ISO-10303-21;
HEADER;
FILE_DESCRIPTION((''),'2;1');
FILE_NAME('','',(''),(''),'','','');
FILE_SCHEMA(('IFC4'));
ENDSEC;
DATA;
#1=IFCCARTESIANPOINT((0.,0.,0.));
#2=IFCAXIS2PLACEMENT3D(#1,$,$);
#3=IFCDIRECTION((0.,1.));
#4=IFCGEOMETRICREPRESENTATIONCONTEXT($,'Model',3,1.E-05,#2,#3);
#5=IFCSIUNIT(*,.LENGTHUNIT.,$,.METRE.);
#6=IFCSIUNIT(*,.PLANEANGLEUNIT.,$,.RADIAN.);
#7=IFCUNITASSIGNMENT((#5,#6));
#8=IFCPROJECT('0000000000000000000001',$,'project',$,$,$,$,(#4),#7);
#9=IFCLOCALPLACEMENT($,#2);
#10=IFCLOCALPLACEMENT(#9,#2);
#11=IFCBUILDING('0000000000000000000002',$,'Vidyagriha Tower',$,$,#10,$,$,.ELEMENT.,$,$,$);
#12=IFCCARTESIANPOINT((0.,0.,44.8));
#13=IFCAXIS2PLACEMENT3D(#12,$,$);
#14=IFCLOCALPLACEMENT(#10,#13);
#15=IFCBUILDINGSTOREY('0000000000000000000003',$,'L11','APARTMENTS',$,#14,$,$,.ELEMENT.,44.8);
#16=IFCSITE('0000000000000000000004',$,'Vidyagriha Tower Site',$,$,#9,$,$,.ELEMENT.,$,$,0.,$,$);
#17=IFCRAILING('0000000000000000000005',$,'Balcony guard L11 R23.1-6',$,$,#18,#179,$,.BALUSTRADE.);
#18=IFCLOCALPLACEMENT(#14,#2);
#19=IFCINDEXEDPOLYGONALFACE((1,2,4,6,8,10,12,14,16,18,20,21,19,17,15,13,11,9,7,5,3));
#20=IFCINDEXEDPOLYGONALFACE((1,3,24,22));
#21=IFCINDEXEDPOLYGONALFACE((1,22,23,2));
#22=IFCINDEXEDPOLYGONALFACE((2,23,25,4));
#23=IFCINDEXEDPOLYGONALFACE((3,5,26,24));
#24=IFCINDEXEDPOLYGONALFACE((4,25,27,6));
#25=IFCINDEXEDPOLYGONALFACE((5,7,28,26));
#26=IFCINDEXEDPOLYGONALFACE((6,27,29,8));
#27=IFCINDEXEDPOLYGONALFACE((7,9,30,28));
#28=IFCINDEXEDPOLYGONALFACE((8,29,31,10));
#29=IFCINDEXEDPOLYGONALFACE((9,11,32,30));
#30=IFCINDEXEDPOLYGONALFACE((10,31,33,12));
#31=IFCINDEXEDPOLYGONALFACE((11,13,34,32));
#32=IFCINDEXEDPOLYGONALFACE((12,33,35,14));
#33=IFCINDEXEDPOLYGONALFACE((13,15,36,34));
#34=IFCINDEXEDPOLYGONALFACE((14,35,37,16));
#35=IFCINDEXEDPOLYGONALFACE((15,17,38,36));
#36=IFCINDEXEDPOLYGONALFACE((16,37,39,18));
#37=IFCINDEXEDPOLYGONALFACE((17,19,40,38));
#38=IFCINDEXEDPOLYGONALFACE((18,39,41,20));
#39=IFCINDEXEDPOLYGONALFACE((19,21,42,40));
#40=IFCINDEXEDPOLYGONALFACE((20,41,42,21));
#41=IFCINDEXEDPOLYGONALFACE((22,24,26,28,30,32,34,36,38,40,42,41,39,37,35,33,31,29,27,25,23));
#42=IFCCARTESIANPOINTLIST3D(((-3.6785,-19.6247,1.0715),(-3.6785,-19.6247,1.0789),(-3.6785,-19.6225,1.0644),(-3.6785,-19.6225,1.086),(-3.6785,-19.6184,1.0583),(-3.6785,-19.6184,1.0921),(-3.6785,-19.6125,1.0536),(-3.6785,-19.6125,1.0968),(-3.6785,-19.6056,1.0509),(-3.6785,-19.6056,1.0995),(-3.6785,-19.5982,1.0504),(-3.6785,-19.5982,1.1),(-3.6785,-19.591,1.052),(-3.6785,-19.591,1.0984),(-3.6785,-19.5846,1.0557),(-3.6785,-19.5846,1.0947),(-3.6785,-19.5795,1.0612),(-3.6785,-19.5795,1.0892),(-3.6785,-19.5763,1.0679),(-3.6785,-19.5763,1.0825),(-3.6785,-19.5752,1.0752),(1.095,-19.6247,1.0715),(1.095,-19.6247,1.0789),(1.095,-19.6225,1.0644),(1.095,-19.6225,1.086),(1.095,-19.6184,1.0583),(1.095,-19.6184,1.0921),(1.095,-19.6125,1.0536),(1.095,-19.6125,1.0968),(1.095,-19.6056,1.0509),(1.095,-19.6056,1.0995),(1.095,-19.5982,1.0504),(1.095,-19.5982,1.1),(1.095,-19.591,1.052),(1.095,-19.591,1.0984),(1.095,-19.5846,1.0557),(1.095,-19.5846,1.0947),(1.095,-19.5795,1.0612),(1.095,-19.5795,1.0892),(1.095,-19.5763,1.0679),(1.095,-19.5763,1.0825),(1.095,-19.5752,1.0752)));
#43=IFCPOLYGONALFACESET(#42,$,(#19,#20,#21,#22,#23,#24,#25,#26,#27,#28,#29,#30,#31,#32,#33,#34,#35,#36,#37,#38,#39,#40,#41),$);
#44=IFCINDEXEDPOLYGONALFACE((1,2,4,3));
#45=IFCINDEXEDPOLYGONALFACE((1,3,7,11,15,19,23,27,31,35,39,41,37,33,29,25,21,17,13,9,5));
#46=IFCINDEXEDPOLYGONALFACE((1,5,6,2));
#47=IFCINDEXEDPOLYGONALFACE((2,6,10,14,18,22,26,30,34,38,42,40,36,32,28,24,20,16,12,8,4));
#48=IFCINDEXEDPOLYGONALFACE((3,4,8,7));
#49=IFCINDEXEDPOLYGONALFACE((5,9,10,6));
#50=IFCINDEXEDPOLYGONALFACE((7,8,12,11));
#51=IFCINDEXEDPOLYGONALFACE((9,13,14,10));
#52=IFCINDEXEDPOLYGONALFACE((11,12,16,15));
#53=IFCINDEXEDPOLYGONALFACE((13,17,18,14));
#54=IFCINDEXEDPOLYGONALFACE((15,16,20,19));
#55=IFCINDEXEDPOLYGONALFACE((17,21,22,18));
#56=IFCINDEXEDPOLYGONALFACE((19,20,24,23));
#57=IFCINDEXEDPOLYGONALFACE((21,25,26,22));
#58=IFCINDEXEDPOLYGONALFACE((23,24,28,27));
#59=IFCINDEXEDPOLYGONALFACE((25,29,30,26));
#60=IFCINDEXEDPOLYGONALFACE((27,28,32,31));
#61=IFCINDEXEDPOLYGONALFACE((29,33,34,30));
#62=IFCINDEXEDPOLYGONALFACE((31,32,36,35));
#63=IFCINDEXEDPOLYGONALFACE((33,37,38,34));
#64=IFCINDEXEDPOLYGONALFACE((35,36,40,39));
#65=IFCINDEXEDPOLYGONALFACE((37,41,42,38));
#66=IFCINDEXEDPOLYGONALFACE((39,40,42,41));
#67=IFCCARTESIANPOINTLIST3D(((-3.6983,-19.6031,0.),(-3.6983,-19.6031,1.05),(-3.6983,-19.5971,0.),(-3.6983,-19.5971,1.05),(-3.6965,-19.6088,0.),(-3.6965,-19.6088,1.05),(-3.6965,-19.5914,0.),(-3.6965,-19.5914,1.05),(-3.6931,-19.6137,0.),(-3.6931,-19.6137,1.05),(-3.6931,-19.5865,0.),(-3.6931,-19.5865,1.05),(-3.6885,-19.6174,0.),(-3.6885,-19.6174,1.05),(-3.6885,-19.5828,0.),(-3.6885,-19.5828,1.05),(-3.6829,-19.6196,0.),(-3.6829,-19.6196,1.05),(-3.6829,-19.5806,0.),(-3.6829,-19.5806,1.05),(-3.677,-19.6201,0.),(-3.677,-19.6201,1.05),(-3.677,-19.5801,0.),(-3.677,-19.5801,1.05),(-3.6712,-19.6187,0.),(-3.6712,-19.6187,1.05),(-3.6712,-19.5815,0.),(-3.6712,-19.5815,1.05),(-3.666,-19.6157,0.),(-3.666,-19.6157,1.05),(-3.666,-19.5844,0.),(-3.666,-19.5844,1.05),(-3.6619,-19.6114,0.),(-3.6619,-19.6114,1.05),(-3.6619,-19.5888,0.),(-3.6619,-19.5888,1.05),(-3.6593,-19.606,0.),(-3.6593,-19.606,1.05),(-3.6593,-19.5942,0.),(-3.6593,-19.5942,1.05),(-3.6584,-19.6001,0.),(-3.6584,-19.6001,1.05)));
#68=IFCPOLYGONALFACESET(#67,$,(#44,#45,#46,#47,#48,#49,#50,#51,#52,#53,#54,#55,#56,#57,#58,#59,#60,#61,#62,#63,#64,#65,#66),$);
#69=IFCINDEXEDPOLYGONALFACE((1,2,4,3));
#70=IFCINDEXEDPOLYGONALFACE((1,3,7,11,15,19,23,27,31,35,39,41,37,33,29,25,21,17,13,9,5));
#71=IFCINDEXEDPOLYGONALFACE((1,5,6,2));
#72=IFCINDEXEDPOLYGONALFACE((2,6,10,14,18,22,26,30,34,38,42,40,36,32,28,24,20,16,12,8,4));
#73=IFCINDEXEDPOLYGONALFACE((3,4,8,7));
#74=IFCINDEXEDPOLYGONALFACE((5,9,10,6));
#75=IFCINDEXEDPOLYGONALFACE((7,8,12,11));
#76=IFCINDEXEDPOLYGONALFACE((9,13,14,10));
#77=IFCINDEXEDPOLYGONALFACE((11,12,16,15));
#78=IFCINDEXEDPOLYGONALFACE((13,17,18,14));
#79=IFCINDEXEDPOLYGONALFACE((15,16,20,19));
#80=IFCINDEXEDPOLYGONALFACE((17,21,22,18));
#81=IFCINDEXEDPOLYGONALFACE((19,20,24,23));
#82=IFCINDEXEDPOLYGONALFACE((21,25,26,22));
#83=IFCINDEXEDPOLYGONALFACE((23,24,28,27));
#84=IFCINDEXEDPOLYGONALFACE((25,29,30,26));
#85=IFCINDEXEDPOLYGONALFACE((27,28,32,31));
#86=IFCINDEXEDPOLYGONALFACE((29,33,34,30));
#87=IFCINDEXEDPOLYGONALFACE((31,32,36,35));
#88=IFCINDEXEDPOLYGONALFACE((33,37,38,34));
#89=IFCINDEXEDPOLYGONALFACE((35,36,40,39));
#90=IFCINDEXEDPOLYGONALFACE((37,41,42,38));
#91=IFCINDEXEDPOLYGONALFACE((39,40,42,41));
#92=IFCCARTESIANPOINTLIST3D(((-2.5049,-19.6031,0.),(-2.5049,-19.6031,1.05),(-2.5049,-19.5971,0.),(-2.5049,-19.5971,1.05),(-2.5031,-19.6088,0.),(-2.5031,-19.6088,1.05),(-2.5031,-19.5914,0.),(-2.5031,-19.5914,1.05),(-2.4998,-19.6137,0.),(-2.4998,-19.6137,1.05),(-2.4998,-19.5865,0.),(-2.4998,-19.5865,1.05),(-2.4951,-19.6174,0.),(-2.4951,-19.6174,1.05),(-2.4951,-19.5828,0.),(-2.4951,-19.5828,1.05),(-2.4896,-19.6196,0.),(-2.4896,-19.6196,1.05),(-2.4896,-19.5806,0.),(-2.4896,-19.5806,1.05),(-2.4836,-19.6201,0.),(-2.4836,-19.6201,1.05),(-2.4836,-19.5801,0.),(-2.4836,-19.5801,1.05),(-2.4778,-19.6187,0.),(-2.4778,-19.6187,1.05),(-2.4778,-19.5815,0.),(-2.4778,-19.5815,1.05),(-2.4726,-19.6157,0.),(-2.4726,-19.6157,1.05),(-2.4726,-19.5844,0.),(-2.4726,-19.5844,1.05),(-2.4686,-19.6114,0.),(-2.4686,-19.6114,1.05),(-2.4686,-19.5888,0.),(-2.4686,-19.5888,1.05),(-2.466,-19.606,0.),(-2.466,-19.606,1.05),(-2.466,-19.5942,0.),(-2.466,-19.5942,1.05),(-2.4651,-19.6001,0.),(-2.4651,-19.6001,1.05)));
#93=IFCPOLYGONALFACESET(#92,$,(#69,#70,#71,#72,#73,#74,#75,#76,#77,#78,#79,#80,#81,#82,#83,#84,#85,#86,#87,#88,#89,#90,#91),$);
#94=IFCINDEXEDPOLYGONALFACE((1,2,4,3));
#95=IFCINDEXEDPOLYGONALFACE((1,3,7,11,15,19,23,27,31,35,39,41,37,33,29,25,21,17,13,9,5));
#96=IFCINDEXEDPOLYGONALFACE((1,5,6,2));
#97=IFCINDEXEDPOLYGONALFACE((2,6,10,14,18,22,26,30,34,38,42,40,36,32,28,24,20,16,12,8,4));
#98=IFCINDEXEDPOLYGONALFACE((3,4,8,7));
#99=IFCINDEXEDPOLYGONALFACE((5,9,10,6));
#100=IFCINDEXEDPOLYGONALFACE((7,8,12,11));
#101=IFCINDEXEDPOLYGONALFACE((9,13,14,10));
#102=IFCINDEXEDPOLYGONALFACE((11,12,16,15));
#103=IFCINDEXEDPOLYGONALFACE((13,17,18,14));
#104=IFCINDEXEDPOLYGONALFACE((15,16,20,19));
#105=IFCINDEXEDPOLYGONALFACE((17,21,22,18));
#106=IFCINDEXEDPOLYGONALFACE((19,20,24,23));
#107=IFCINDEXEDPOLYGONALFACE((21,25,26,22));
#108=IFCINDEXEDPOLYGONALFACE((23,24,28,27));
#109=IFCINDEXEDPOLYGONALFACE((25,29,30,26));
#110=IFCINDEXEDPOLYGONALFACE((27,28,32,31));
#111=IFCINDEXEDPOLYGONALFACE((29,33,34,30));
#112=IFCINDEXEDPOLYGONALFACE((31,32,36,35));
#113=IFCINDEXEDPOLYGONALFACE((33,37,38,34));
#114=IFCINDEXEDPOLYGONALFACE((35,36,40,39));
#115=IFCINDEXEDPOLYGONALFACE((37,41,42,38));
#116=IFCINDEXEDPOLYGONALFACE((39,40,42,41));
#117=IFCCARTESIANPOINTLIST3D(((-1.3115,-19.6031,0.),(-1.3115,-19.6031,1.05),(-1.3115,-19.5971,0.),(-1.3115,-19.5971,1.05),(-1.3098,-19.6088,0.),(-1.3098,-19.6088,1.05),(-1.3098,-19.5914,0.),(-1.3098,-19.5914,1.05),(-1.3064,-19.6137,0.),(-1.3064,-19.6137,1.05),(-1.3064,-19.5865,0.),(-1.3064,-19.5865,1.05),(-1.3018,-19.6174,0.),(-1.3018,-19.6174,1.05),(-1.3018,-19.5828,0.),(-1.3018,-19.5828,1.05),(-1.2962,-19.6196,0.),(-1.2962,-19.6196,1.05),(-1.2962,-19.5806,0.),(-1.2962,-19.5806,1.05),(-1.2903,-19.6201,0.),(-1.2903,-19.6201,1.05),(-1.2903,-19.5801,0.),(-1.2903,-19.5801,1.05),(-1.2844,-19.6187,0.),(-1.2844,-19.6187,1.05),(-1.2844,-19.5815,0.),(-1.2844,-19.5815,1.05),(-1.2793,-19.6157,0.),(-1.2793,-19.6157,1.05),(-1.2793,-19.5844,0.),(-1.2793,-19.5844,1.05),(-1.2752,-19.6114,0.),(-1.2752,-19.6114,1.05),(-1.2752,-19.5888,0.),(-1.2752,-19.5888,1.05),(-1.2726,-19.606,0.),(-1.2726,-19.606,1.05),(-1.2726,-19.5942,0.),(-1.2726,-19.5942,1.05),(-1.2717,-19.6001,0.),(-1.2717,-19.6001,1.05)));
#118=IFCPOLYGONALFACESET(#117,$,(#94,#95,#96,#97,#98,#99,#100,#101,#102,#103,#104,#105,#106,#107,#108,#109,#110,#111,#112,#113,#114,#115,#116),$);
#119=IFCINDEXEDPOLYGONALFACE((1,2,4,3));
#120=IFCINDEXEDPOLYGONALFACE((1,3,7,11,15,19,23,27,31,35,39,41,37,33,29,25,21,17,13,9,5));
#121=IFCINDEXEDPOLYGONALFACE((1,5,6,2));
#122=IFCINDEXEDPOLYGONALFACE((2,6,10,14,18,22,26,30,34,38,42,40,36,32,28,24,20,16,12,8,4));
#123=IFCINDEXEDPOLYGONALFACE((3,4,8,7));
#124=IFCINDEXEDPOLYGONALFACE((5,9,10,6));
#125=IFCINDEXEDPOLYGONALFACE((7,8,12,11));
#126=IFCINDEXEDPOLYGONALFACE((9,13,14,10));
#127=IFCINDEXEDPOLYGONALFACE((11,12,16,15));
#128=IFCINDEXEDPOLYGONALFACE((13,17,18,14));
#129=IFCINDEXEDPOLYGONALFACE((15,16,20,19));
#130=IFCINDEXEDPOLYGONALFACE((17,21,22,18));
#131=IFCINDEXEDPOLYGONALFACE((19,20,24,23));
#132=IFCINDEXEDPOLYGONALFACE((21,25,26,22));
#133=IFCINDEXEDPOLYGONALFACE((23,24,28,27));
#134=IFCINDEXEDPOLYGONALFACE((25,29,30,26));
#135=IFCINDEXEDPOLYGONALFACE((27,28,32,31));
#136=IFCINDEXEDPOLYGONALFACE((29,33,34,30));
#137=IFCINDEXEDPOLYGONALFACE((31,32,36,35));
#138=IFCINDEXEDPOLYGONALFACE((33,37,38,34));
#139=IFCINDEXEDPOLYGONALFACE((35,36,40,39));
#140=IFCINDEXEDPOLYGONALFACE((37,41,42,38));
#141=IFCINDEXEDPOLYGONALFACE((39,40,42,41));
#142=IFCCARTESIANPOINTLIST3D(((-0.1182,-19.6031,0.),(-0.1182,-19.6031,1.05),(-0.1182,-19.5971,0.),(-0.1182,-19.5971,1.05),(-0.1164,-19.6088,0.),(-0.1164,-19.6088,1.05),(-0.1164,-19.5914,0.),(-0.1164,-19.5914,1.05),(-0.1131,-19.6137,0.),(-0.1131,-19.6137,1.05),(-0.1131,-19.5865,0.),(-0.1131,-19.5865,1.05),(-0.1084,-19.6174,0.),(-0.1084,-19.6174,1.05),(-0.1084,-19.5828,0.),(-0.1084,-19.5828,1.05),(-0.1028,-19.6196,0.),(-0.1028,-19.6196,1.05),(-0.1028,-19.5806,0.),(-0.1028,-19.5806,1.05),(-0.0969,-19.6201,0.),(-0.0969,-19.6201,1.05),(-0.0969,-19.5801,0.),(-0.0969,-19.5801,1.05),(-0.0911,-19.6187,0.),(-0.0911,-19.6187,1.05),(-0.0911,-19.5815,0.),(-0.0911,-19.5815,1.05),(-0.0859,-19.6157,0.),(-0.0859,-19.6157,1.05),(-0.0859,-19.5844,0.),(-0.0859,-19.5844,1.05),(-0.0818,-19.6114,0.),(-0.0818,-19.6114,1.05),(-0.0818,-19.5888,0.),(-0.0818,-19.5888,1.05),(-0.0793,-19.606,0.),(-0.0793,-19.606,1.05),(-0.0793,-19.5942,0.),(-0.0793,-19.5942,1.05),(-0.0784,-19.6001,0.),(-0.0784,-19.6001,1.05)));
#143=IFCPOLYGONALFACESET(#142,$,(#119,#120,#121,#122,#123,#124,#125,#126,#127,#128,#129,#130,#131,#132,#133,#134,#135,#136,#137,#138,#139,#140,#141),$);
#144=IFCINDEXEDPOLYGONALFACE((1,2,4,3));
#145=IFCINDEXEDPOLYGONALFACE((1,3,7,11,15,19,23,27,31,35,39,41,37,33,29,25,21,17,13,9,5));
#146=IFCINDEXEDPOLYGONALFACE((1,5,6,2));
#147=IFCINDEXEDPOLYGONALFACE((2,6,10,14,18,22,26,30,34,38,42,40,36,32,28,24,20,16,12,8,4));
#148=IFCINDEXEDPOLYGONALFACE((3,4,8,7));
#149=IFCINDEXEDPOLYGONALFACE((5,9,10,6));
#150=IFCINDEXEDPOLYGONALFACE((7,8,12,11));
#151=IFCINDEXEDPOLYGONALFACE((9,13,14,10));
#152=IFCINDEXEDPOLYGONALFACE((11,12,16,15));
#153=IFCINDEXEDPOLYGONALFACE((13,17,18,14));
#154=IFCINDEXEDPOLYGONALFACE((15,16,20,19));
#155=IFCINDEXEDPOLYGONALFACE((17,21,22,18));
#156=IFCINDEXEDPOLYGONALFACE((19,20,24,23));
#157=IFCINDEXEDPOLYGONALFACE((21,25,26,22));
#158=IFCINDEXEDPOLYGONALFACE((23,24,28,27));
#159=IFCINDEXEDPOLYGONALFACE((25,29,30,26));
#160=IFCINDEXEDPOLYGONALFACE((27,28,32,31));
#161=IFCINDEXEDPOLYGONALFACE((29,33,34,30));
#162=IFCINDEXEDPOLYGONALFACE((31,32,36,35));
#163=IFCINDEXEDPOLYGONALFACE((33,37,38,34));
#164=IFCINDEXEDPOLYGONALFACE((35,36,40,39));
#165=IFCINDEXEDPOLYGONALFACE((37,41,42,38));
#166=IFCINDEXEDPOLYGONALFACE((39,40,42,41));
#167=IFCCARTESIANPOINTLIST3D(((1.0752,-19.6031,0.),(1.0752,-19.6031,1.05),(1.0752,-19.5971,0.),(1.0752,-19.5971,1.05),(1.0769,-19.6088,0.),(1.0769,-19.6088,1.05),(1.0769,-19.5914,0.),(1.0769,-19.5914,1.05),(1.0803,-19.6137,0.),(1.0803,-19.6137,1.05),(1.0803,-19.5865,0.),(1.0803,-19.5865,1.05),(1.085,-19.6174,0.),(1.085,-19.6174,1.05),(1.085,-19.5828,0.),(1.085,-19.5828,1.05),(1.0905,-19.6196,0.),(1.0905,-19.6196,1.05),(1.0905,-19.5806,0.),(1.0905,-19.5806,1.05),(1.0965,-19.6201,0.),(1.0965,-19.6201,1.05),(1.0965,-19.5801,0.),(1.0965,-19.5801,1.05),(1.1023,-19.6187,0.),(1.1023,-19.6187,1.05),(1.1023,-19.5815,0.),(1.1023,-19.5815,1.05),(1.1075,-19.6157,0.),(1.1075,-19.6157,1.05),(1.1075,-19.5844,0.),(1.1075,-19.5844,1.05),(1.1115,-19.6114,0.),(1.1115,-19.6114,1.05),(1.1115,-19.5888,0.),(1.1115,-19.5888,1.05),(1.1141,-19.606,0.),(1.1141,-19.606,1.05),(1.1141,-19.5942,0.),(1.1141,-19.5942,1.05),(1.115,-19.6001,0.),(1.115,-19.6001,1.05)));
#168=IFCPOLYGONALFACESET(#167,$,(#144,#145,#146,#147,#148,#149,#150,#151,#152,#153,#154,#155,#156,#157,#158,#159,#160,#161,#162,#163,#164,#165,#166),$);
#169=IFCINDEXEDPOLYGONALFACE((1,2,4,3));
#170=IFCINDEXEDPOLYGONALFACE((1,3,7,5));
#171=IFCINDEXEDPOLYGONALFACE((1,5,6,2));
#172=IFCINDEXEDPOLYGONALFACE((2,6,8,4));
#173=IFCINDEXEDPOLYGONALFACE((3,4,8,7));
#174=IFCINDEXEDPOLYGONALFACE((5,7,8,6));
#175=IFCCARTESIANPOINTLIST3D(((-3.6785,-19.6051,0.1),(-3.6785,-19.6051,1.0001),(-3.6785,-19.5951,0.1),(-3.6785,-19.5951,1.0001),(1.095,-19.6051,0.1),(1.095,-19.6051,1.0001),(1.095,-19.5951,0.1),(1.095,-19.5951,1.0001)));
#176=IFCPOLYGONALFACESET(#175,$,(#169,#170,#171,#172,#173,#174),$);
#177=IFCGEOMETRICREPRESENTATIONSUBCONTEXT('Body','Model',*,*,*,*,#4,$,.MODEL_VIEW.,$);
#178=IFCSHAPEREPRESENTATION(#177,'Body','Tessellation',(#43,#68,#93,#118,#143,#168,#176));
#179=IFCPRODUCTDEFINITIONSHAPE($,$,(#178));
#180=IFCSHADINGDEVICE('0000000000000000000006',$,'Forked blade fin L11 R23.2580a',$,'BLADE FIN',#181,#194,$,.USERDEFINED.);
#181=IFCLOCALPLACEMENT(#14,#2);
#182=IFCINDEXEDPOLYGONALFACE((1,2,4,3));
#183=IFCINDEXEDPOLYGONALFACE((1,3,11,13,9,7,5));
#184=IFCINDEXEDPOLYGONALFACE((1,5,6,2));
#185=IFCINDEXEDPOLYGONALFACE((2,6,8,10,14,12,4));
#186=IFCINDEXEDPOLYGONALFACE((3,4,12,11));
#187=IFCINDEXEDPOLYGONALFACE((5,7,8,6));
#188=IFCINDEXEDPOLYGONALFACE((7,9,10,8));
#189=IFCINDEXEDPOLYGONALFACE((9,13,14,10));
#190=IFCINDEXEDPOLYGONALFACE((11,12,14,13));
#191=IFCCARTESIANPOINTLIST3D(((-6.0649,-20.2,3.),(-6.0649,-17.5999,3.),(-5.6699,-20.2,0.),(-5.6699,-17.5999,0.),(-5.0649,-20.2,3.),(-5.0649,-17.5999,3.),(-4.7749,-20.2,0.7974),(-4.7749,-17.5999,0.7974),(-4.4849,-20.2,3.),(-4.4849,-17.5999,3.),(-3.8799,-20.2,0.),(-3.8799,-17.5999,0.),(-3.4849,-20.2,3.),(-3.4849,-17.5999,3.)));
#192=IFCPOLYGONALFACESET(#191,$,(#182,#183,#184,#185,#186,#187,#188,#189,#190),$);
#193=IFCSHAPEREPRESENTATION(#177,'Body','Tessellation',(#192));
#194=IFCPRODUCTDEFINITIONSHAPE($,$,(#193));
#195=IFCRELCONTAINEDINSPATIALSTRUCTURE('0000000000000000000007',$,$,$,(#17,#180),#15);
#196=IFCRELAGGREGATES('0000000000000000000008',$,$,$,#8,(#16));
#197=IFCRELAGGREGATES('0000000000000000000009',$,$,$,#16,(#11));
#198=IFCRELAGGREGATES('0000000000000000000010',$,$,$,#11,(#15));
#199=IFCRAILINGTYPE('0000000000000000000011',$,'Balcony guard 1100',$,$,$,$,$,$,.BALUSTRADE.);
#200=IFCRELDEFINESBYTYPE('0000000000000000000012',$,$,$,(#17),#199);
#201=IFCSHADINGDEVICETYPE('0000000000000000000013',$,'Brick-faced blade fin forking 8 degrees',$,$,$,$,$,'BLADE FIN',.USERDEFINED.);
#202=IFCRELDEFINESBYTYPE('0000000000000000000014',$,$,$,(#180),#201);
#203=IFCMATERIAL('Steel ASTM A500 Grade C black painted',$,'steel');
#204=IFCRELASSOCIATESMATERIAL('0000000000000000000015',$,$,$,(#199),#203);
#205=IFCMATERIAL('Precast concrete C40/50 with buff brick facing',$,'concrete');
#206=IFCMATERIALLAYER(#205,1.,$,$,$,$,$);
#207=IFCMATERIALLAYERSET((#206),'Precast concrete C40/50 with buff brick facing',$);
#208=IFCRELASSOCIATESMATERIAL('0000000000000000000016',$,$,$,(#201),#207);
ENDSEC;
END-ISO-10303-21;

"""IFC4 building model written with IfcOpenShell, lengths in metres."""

from ifc_helpers import new_model, si_unit, direction, frame, origin, origin_2d, place, context, subcontext, project, spatial, polyline, rectangle, circle, outline, extrude, material, layer, layer_set, type_object, element, save


model = new_model("IFC4")

# Units and contexts
model_context = context("Model", 3, precision=1e-05, world=origin(), true_north=direction((0.0, 1.0)))
body_context = subcontext(model_context, "Body", "Model", "MODEL_VIEW")
ifc_project = project(units=[si_unit("LENGTHUNIT", "METRE"), si_unit("PLANEANGLEUNIT", "RADIAN")], contexts=[model_context])

# Site, building, storey
site_placement = place(None, origin())
site = spatial("IfcSite", under=ifc_project, at=site_placement, Name="Vidyagriha Tower Site", CompositionType="ELEMENT", RefElevation=0.0)
building_placement = place(site_placement, origin())
building = spatial("IfcBuilding", under=site, at=building_placement, Name="Vidyagriha Tower", CompositionType="ELEMENT")
storey_placement = place(building_placement, frame((0.0, 0.0, 44.8)))
storey = spatial("IfcBuildingStorey", under=building, at=storey_placement, Name="L11", Description="APARTMENTS", CompositionType="ELEMENT", Elevation=44.8)

# Railing
ifc_material_1 = material(Name="Steel ASTM A500 Grade C black painted", Category="steel")
railing_type = type_object("IfcRailingType", Name="Balcony guard 1100", PredefinedType="BALUSTRADE", material=ifc_material_1)
railing_1_placement = place(storey_placement, frame((-3.6785, -19.6001, 0.0)))
element("IfcRailing", 1, at=railing_1_placement, inside=storey, type_object=railing_type, Name="Balcony guard L11 R23.1-6", PredefinedType="BALUSTRADE", context=body_context, shape_type="SweptSolid", body=[
    extrude(circle(Radius=0.0249, at=origin_2d()), frame((0.0, 0.0, 1.0752), z_axis=(1.0, 0.0, 0.0), x_axis=(0.0, 1.0, 0.0)), (0.0, 0.0, 1.0), 4.7734),
    extrude(circle(Radius=0.02, at=origin_2d()), origin(), (0.0, 0.0, 1.0), 1.05),
    extrude(circle(Radius=0.02, at=origin_2d()), frame((1.1934, 0.0, 0.0)), (0.0, 0.0, 1.0), 1.05),
    extrude(circle(Radius=0.02, at=origin_2d()), frame((2.3867, 0.0, 0.0)), (0.0, 0.0, 1.0), 1.05),
    extrude(circle(Radius=0.02, at=origin_2d()), frame((3.5801, 0.0, 0.0)), (0.0, 0.0, 1.0), 1.05),
    extrude(circle(Radius=0.02, at=origin_2d()), frame((4.7734, 0.0, 0.0)), (0.0, 0.0, 1.0), 1.05),
    extrude(rectangle(XDim=0.01, YDim=0.9001, at=origin_2d()), frame((0.0, 0.0, 0.55), z_axis=(1.0, 0.0, 0.0), x_axis=(0.0, 1.0, 0.0)), (0.0, 0.0, 1.0), 4.7734),
])

# Shading device
ifc_material_2 = material(Name="Precast concrete C40/50 with buff brick facing", Category="concrete")
ifc_layer_1 = layer(ifc_material_2, 1.0)
ifc_layer_set_1 = layer_set([ifc_layer_1], Name="Precast concrete C40/50 with buff brick facing")
shading_device_type = type_object("IfcShadingDeviceType", Name="Brick-faced blade fin forking 8 degrees", ElementType="BLADE FIN", PredefinedType="USERDEFINED", material=ifc_layer_set_1)
shading_device_placement = place(storey_placement, frame((-6.0649, -18.8999, 0.0)))
element("IfcShadingDevice", 2, at=shading_device_placement, inside=storey, type_object=shading_device_type, Name="Forked blade fin L11 R23.2580a", ObjectType="BLADE FIN", PredefinedType="USERDEFINED", context=body_context, shape_type="SweptSolid", body=[
    extrude(outline(polyline([(0.395, 0.0), (2.1851, 0.0), (2.5801, 3.0), (1.5801, 3.0), (1.29, 0.7974), (1.0, 3.0), (0.0, 3.0), (0.395, 0.0)])), frame((0.0, 1.3, 0.0), z_axis=(0.0, -1.0, 0.0), x_axis=(1.0, 0.0, 0.0)), (0.0, 0.0, 1.0), 2.6001),
])

save(model, "model.ifc")
